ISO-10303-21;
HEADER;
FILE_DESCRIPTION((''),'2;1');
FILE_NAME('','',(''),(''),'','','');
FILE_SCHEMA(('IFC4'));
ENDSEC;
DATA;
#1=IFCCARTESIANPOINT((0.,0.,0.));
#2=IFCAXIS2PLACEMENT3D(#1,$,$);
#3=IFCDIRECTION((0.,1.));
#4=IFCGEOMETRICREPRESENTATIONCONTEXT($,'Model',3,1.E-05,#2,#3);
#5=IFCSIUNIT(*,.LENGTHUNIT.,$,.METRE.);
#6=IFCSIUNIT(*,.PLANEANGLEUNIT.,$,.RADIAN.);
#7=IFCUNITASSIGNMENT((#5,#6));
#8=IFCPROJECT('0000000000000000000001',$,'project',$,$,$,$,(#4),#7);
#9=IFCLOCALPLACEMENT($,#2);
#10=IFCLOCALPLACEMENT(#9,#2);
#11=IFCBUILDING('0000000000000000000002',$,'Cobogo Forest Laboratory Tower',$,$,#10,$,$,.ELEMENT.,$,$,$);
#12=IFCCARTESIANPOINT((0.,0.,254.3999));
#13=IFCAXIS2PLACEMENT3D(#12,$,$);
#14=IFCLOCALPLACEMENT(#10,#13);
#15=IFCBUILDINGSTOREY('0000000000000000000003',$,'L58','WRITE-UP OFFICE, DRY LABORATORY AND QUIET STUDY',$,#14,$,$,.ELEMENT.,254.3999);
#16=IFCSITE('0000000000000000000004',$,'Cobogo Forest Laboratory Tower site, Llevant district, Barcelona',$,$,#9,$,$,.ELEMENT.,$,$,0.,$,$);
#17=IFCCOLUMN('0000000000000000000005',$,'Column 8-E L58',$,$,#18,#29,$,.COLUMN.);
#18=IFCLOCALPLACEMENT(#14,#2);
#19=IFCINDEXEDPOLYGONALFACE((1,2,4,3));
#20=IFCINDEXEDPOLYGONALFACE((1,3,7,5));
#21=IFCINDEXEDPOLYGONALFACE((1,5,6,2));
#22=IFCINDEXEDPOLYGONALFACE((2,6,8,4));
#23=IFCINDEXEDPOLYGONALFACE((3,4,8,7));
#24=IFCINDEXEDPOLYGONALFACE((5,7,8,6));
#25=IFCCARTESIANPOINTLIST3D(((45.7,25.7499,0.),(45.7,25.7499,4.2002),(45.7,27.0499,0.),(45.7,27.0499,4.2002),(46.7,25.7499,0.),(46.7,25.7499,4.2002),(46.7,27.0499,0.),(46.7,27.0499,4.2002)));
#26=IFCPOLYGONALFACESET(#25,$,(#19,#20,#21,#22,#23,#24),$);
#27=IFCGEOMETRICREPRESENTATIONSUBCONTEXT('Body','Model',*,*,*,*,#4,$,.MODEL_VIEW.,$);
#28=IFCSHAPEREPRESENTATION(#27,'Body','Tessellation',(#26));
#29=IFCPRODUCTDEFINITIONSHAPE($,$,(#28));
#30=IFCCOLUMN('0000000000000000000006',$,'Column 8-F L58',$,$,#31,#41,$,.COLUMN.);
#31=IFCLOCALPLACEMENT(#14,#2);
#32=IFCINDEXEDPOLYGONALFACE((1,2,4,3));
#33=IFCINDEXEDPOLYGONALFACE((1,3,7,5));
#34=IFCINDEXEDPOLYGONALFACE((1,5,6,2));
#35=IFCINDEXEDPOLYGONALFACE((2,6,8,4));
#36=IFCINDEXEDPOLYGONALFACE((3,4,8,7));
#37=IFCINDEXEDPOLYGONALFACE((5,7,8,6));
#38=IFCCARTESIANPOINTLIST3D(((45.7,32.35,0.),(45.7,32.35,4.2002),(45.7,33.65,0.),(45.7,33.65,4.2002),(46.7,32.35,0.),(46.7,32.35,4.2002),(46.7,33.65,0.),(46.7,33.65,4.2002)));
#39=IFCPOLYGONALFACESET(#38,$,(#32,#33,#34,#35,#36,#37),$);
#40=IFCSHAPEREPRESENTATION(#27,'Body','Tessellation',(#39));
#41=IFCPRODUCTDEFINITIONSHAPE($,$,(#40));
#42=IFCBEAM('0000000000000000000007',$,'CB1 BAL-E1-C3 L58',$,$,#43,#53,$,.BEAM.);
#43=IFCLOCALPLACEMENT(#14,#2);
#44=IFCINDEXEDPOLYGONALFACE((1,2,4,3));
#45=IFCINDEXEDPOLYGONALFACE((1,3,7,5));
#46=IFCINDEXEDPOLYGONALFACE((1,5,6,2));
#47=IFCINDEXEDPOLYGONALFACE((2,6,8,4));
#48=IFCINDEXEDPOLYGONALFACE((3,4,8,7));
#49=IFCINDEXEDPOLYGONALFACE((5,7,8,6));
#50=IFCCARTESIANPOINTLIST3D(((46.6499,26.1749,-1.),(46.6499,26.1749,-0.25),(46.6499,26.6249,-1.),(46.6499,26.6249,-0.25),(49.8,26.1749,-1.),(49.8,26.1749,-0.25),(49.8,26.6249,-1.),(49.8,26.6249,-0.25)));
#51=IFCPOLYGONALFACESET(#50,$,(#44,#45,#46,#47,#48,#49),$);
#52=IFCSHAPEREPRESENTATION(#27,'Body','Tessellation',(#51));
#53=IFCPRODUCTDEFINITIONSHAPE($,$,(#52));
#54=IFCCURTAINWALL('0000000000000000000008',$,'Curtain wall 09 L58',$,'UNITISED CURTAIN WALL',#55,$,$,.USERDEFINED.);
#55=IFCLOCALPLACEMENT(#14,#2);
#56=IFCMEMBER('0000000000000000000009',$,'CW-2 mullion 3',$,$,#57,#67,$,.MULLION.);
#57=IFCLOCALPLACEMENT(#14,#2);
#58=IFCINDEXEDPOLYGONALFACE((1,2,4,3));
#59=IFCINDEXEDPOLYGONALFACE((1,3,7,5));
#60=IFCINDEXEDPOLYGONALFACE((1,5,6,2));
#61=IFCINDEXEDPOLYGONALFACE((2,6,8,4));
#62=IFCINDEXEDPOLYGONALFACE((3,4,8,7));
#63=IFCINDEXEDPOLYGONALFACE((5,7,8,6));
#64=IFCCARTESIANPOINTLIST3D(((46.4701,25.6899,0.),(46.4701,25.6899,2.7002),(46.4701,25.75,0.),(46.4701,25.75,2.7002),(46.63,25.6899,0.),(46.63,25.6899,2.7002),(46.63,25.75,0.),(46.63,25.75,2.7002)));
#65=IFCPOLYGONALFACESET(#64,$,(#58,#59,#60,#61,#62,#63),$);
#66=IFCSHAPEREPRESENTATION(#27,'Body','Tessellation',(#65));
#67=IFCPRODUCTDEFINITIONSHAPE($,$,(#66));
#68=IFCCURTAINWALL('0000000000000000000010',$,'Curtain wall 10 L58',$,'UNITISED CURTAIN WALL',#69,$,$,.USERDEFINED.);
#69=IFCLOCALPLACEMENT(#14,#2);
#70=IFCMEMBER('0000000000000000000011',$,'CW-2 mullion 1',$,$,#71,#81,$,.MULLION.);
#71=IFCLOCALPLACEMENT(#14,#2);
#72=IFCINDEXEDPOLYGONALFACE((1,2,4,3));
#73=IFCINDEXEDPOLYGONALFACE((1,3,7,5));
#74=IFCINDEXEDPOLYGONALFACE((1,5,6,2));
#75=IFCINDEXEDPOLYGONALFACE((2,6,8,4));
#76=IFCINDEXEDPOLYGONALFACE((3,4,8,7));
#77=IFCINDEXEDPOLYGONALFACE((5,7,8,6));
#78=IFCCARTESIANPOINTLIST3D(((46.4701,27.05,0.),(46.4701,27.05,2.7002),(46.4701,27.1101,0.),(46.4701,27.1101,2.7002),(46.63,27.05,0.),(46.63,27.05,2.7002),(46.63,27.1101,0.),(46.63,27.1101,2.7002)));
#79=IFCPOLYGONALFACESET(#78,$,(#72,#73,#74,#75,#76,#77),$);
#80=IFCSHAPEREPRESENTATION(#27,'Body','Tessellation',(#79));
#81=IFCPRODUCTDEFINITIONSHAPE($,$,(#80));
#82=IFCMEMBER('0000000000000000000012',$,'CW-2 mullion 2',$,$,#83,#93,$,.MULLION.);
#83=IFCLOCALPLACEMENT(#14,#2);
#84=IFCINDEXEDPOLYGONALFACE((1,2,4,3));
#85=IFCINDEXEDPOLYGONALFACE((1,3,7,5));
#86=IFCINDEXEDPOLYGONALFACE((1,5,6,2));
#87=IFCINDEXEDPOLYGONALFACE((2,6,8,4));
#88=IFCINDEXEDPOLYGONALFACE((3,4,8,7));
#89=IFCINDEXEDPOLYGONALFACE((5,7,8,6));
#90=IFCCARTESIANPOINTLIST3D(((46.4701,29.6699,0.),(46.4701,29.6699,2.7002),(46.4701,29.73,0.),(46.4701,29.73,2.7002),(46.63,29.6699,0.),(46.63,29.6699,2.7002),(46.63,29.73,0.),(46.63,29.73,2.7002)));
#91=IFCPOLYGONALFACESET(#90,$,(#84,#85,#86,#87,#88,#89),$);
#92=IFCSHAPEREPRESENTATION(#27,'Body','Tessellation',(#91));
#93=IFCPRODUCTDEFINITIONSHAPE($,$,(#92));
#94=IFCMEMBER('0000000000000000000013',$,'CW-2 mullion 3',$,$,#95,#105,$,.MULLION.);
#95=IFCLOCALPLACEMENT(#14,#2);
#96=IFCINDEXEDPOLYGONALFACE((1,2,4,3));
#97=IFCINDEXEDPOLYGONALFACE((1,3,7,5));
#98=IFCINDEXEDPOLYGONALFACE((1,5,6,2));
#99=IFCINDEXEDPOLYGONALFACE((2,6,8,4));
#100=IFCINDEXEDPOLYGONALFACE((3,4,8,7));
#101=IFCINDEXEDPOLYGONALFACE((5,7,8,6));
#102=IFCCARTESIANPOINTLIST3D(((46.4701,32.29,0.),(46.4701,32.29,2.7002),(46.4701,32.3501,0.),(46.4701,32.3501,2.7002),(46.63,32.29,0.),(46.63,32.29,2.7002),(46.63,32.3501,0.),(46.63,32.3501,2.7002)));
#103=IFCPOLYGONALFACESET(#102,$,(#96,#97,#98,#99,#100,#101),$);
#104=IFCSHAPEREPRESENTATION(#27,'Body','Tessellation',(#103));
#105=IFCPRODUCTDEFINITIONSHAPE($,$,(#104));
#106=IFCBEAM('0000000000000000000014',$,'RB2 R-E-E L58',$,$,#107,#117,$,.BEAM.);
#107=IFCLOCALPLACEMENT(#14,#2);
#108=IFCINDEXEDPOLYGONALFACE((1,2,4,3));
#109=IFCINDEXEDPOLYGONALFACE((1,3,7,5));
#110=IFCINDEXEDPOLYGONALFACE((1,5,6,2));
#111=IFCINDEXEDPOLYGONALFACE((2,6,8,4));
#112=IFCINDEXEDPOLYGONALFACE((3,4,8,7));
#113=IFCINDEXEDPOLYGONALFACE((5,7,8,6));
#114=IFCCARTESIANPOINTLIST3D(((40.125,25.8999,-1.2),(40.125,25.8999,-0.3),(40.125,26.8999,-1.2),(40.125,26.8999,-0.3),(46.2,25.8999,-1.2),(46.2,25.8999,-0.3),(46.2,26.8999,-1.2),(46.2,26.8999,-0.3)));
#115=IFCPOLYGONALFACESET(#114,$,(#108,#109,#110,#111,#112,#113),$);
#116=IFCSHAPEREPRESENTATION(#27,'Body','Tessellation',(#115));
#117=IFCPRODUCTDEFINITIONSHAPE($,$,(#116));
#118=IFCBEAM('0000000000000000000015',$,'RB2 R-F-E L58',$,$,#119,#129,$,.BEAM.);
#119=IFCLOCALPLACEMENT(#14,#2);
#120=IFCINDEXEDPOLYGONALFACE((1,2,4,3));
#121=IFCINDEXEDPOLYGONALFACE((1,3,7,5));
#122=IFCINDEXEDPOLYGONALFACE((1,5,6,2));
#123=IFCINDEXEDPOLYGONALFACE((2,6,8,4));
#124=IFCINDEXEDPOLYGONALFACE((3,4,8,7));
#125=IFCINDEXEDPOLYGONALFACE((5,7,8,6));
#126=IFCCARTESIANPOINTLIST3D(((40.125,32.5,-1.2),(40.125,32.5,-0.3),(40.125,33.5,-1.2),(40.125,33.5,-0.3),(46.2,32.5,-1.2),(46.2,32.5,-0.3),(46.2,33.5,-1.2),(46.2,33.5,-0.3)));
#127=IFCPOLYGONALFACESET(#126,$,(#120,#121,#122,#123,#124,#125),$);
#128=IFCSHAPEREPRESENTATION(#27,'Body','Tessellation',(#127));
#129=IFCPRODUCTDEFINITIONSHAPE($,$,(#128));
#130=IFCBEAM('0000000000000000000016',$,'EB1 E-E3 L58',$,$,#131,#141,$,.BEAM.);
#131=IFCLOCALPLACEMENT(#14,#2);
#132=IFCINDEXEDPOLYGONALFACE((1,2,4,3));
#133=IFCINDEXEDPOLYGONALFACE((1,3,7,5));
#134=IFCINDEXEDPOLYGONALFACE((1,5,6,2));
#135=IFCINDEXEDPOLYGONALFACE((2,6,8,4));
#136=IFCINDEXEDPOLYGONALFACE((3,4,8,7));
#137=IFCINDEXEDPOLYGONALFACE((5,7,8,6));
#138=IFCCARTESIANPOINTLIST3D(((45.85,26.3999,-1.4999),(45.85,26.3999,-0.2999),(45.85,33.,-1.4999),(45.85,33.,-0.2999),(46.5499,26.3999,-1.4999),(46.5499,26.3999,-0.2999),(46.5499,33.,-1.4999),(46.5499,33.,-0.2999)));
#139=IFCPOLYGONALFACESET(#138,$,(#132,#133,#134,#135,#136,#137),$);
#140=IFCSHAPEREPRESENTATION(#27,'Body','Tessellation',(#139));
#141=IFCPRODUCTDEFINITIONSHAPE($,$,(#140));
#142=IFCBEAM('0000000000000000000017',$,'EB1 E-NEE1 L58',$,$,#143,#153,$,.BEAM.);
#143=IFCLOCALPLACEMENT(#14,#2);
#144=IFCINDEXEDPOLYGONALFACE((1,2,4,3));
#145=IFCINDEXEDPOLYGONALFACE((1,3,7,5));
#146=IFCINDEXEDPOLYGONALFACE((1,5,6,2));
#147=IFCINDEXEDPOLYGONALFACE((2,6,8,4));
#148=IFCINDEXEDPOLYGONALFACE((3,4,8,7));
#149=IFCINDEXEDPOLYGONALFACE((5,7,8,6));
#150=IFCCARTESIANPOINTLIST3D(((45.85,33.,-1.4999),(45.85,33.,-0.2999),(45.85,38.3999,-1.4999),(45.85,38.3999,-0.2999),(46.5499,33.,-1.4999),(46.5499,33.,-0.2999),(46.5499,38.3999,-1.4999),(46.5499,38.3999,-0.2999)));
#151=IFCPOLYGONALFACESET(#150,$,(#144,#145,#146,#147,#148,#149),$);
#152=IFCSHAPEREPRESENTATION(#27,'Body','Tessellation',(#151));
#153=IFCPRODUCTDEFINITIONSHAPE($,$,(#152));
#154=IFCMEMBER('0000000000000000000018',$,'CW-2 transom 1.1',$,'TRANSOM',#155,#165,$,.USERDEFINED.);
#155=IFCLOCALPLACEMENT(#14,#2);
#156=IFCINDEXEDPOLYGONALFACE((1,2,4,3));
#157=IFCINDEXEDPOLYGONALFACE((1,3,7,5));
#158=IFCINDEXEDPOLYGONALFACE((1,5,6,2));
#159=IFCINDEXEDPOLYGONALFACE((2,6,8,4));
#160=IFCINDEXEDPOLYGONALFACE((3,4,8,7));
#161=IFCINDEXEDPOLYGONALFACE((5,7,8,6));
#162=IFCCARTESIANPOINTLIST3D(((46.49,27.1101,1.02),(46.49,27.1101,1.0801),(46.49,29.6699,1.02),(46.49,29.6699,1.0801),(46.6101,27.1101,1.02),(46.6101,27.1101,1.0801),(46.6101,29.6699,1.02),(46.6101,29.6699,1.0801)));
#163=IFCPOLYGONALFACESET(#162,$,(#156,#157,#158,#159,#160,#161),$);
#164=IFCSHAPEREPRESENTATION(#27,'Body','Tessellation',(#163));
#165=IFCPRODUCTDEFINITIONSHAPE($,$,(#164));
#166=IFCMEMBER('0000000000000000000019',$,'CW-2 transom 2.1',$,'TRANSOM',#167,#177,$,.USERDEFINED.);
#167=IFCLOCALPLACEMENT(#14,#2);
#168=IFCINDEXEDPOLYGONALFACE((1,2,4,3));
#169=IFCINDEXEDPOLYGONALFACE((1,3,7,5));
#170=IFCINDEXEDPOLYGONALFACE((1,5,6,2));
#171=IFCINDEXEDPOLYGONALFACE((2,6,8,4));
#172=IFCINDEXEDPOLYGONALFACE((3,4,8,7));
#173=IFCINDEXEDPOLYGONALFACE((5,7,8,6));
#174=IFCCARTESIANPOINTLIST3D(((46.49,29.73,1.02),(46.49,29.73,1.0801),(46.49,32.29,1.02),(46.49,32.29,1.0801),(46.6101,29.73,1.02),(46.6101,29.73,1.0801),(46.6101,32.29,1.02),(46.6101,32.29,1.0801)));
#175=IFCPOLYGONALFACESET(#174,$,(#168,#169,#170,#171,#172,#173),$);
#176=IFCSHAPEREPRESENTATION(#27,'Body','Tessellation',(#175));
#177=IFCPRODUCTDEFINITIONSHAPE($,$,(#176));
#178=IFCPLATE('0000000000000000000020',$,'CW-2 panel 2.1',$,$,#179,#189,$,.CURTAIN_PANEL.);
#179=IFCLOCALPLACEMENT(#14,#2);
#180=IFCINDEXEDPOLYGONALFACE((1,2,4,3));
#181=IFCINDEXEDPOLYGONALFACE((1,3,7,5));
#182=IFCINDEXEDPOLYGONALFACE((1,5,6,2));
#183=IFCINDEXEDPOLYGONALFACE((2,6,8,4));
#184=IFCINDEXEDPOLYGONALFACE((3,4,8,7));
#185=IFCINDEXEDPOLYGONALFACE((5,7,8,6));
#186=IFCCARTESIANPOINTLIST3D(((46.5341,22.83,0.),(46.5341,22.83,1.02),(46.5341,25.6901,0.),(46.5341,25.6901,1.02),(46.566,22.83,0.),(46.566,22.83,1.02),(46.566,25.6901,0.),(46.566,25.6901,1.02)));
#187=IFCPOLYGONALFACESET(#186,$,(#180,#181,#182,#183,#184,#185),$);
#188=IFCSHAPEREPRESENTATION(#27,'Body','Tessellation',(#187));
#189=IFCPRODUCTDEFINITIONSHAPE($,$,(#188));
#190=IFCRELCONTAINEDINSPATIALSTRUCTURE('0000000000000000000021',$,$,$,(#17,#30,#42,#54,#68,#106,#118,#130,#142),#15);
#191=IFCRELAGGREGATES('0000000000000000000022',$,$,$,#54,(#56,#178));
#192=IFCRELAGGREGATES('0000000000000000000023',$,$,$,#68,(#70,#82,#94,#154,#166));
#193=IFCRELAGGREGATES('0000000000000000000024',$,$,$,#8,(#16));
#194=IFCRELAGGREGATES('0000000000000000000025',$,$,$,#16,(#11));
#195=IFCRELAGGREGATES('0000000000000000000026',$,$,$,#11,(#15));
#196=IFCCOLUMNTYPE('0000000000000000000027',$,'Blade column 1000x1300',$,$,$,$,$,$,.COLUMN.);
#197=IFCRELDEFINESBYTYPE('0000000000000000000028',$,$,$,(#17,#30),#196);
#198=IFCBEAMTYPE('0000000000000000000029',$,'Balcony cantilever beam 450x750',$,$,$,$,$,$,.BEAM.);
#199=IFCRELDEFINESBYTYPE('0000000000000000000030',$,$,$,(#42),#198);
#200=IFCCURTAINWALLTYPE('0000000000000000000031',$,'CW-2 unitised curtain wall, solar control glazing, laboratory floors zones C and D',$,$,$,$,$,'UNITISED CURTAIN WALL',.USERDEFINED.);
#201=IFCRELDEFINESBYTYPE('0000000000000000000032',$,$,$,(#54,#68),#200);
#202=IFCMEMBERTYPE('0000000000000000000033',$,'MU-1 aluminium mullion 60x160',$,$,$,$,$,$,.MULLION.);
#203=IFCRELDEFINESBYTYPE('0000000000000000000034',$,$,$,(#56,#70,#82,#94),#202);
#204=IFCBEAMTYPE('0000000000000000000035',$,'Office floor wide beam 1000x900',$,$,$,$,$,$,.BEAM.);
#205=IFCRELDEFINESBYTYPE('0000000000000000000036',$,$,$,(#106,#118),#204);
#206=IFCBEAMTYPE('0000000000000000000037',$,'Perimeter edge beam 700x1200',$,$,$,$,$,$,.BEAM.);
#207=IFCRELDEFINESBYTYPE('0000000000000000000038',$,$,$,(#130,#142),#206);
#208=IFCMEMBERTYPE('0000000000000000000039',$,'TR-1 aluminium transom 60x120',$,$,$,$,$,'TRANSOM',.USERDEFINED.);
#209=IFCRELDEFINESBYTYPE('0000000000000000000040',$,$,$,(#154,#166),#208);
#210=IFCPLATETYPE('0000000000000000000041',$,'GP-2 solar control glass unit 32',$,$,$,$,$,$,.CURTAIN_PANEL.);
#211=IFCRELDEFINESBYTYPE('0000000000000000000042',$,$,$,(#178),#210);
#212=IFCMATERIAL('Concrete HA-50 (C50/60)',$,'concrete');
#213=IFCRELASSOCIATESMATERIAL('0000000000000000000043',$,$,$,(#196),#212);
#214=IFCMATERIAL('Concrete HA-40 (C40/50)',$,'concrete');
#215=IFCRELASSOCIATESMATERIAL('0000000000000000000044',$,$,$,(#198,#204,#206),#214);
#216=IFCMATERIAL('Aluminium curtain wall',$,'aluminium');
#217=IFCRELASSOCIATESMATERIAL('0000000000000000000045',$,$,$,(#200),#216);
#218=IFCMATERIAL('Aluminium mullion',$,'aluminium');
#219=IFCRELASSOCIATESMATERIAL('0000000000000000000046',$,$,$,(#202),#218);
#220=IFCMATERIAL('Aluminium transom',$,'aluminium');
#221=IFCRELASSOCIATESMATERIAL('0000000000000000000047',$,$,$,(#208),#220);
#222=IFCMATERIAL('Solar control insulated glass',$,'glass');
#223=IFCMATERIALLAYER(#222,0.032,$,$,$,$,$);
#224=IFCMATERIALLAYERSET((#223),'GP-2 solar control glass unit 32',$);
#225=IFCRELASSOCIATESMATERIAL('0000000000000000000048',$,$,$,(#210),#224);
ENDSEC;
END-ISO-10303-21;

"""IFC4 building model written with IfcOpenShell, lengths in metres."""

from ifc_helpers import new_model, si_unit, direction, frame, origin, origin_2d, place, context, subcontext, project, spatial, rectangle, extrude, material, layer, layer_set, material_profile, profile_set, type_object, element, aggregate, save


model = new_model("IFC4")

# Units and contexts
model_context = context("Model", 3, precision=1e-05, world=origin(), true_north=direction((0.0, 1.0)))
body_context = subcontext(model_context, "Body", "Model", "MODEL_VIEW")
ifc_project = project(units=[si_unit("LENGTHUNIT", "METRE"), si_unit("PLANEANGLEUNIT", "RADIAN")], contexts=[model_context])

# Site, building, storey
site_placement = place(None, origin())
site = spatial("IfcSite", under=ifc_project, at=site_placement, Name="Cobogo Forest Laboratory Tower site, Llevant district, Barcelona", CompositionType="ELEMENT", RefElevation=0.0)
building_placement = place(site_placement, origin())
building = spatial("IfcBuilding", under=site, at=building_placement, Name="Cobogo Forest Laboratory Tower", CompositionType="ELEMENT")
storey_placement = place(building_placement, frame((0.0, 0.0, 254.3999)))
storey = spatial("IfcBuildingStorey", under=building, at=storey_placement, Name="L58", Description="WRITE-UP OFFICE, DRY LABORATORY AND QUIET STUDY", CompositionType="ELEMENT", Elevation=254.3999)

# Columns
ifc_material_1 = material(Name="Concrete HA-50 (C50/60)", Category="concrete")
ifc_material_profile_1 = material_profile(ifc_material_1, rectangle(XDim=1.3, YDim=1.0, at=origin_2d()), Name="RC 1000x1300")
ifc_profile_set_1 = profile_set([ifc_material_profile_1], Name="Concrete HA-50 (C50/60)")
column_type = type_object("IfcColumnType", Name="Blade column 1000x1300", PredefinedType="COLUMN", material=ifc_profile_set_1)
for number, where, z_axis, x_axis, name in (
    (1, (46.2, 26.3999, 0.0), (0.0, 0.0, 1.0), (0.0, 1.0, 0.0), "Column 8-E L58"),
    (2, (46.2, 33.0, 0.0), (0.0, 0.0, 1.0), (0.0, 1.0, 0.0), "Column 8-F L58"),
):
    element("IfcColumn", number, at=place(storey_placement, frame(where, z_axis=z_axis, x_axis=x_axis)), inside=storey, type_object=column_type, Name=name, PredefinedType="COLUMN", context=body_context, shape_type="SweptSolid", body=[
        extrude(rectangle(XDim=1.3, YDim=1.0, at=origin_2d()), origin(), (0.0, 0.0, 1.0), 4.2002),
    ])

# Beam
ifc_material_2 = material(Name="Concrete HA-40 (C40/50)", Category="concrete")
ifc_material_profile_2 = material_profile(ifc_material_2, rectangle(XDim=0.45, YDim=0.75, at=origin_2d()), Name="RC 450x750")
ifc_profile_set_2 = profile_set([ifc_material_profile_2], Name="Concrete HA-40 (C40/50)")
beam_type_1 = type_object("IfcBeamType", Name="Balcony cantilever beam 450x750", PredefinedType="BEAM", material=ifc_profile_set_2)
beam_1_placement = place(storey_placement, frame((46.6499, 26.3999, -0.625), z_axis=(1.0, 0.0, 0.0), x_axis=(0.0, 1.0, 0.0)))
element("IfcBeam", 3, at=beam_1_placement, inside=storey, type_object=beam_type_1, Name="CB1 BAL-E1-C3 L58", PredefinedType="BEAM", context=body_context, shape_type="SweptSolid", body=[
    extrude(rectangle(XDim=0.45, YDim=0.75, at=origin_2d()), origin(), (0.0, 0.0, 1.0), 3.1501),
])

# Curtain wall, member
ifc_material_3 = material(Name="Aluminium curtain wall", Category="aluminium")
curtain_wall_type = type_object("IfcCurtainWallType", Name="CW-2 unitised curtain wall, solar control glazing, laboratory floors zones C and D", ElementType="UNITISED CURTAIN WALL", PredefinedType="USERDEFINED", material=ifc_material_3)
curtain_wall_1_placement = place(storey_placement, origin())
curtain_wall_1 = element("IfcCurtainWall", 4, at=curtain_wall_1_placement, inside=storey, type_object=curtain_wall_type, Name="Curtain wall 09 L58", ObjectType="UNITISED CURTAIN WALL", PredefinedType="USERDEFINED")
ifc_material_4 = material(Name="Aluminium mullion", Category="aluminium")
ifc_material_profile_3 = material_profile(ifc_material_4, rectangle(XDim=0.0601, YDim=0.1599, at=origin_2d()), Name="AL 60x160")
ifc_profile_set_3 = profile_set([ifc_material_profile_3], Name="Aluminium mullion")
member_type_1 = type_object("IfcMemberType", Name="MU-1 aluminium mullion 60x160", PredefinedType="MULLION", material=ifc_profile_set_3)
member_1_placement = place(storey_placement, frame((46.55, 25.72, 0.0), z_axis=(0.0, 0.0, 1.0), x_axis=(0.0, 1.0, 0.0)))
member_1 = element("IfcMember", 5, at=member_1_placement, type_object=member_type_1, Name="CW-2 mullion 3", PredefinedType="MULLION", context=body_context, shape_type="SweptSolid", body=[
    extrude(rectangle(XDim=0.0601, YDim=0.1599, at=origin_2d()), origin(), (0.0, 0.0, 1.0), 2.7002),
])

# Curtain wall, members
curtain_wall_2_placement = place(storey_placement, origin())
curtain_wall_2 = element("IfcCurtainWall", 6, at=curtain_wall_2_placement, inside=storey, type_object=curtain_wall_type, Name="Curtain wall 10 L58", ObjectType="UNITISED CURTAIN WALL", PredefinedType="USERDEFINED")
member_2_placement = place(storey_placement, frame((46.55, 27.0801, 0.0), z_axis=(0.0, 0.0, 1.0), x_axis=(0.0, 1.0, 0.0)))
member_2 = element("IfcMember", 7, at=member_2_placement, type_object=member_type_1, Name="CW-2 mullion 1", PredefinedType="MULLION", context=body_context, shape_type="SweptSolid", body=[
    extrude(rectangle(XDim=0.0601, YDim=0.1599, at=origin_2d()), origin(), (0.0, 0.0, 1.0), 2.7002),
])
member_3_placement = place(storey_placement, frame((46.55, 29.7, 0.0), z_axis=(0.0, 0.0, 1.0), x_axis=(0.0, 1.0, 0.0)))
member_3 = element("IfcMember", 8, at=member_3_placement, type_object=member_type_1, Name="CW-2 mullion 2", PredefinedType="MULLION", context=body_context, shape_type="SweptSolid", body=[
    extrude(rectangle(XDim=0.0601, YDim=0.1599, at=origin_2d()), origin(), (0.0, 0.0, 1.0), 2.7002),
])
member_4_placement = place(storey_placement, frame((46.55, 32.3201, 0.0), z_axis=(0.0, 0.0, 1.0), x_axis=(0.0, 1.0, 0.0)))
member_4 = element("IfcMember", 9, at=member_4_placement, type_object=member_type_1, Name="CW-2 mullion 3", PredefinedType="MULLION", context=body_context, shape_type="SweptSolid", body=[
    extrude(rectangle(XDim=0.0601, YDim=0.1599, at=origin_2d()), origin(), (0.0, 0.0, 1.0), 2.7002),
])

# Beams
ifc_material_profile_4 = material_profile(ifc_material_2, rectangle(XDim=1.0, YDim=0.8999, at=origin_2d()), Name="RC 1000x900")
ifc_profile_set_4 = profile_set([ifc_material_profile_4], Name="Concrete HA-40 (C40/50)")
beam_type_2 = type_object("IfcBeamType", Name="Office floor wide beam 1000x900", PredefinedType="BEAM", material=ifc_profile_set_4)
for number, where, z_axis, x_axis, name in (
    (10, (40.125, 26.3999, -0.75), (1.0, 0.0, 0.0), (0.0, 1.0, 0.0), "RB2 R-E-E L58"),
    (11, (40.125, 33.0, -0.75), (1.0, 0.0, 0.0), (0.0, 1.0, 0.0), "RB2 R-F-E L58"),
):
    element("IfcBeam", number, at=place(storey_placement, frame(where, z_axis=z_axis, x_axis=x_axis)), inside=storey, type_object=beam_type_2, Name=name, PredefinedType="BEAM", context=body_context, shape_type="SweptSolid", body=[
        extrude(rectangle(XDim=1.0, YDim=0.8999, at=origin_2d()), origin(), (0.0, 0.0, 1.0), 6.075),
    ])
ifc_material_profile_5 = material_profile(ifc_material_2, rectangle(XDim=0.7, YDim=1.2, at=origin_2d()), Name="RC 700x1200")
ifc_profile_set_5 = profile_set([ifc_material_profile_5], Name="Concrete HA-40 (C40/50)")
beam_type_3 = type_object("IfcBeamType", Name="Perimeter edge beam 700x1200", PredefinedType="BEAM", material=ifc_profile_set_5)
beam_2_placement = place(storey_placement, frame((46.2, 26.3999, -0.8999), z_axis=(0.0, 1.0, 0.0), x_axis=(-1.0, 0.0, 0.0)))
element("IfcBeam", 12, at=beam_2_placement, inside=storey, type_object=beam_type_3, Name="EB1 E-E3 L58", PredefinedType="BEAM", context=body_context, shape_type="SweptSolid", body=[
    extrude(rectangle(XDim=0.7, YDim=1.2, at=origin_2d()), origin(), (0.0, 0.0, 1.0), 6.6001),
])
beam_3_placement = place(storey_placement, frame((46.2, 33.0, -0.8999), z_axis=(0.0, 1.0, 0.0), x_axis=(-1.0, 0.0, 0.0)))
element("IfcBeam", 13, at=beam_3_placement, inside=storey, type_object=beam_type_3, Name="EB1 E-NEE1 L58", PredefinedType="BEAM", context=body_context, shape_type="SweptSolid", body=[
    extrude(rectangle(XDim=0.7, YDim=1.2, at=origin_2d()), origin(), (0.0, 0.0, 1.0), 5.3999),
])

# Members
ifc_material_5 = material(Name="Aluminium transom", Category="aluminium")
ifc_material_profile_6 = material_profile(ifc_material_5, rectangle(XDim=0.1201, YDim=0.0601, at=origin_2d()), Name="AL 60x120")
ifc_profile_set_6 = profile_set([ifc_material_profile_6], Name="Aluminium transom")
member_type_2 = type_object("IfcMemberType", Name="TR-1 aluminium transom 60x120", ElementType="TRANSOM", PredefinedType="USERDEFINED", material=ifc_profile_set_6)
member_5_placement = place(storey_placement, frame((46.55, 27.1101, 1.05), z_axis=(0.0, 1.0, 0.0), x_axis=(-1.0, 0.0, 0.0)))
member_5 = element("IfcMember", 14, at=member_5_placement, type_object=member_type_2, Name="CW-2 transom 1.1", ObjectType="TRANSOM", PredefinedType="USERDEFINED", context=body_context, shape_type="SweptSolid", body=[
    extrude(rectangle(XDim=0.1201, YDim=0.0601, at=origin_2d()), origin(), (0.0, 0.0, 1.0), 2.5598),
])
member_6_placement = place(storey_placement, frame((46.55, 29.73, 1.05), z_axis=(0.0, 1.0, 0.0), x_axis=(-1.0, 0.0, 0.0)))
member_6 = element("IfcMember", 15, at=member_6_placement, type_object=member_type_2, Name="CW-2 transom 2.1", ObjectType="TRANSOM", PredefinedType="USERDEFINED", context=body_context, shape_type="SweptSolid", body=[
    extrude(rectangle(XDim=0.1201, YDim=0.0601, at=origin_2d()), origin(), (0.0, 0.0, 1.0), 2.5601),
])

# Plate
ifc_material_6 = material(Name="Solar control insulated glass", Category="glass")
ifc_layer_1 = layer(ifc_material_6, 0.032)
ifc_layer_set_1 = layer_set([ifc_layer_1], Name="GP-2 solar control glass unit 32")
plate_type_1 = type_object("IfcPlateType", Name="GP-2 solar control glass unit 32", PredefinedType="CURTAIN_PANEL", material=ifc_layer_set_1)
plate_1_placement = place(storey_placement, frame((46.55, 24.26, 0.0), z_axis=(0.0, 0.0, 1.0), x_axis=(0.0, 1.0, 0.0)))
plate_1 = element("IfcPlate", 16, at=plate_1_placement, type_object=plate_type_1, Name="CW-2 panel 2.1", PredefinedType="CURTAIN_PANEL", context=body_context, shape_type="SweptSolid", body=[
    extrude(rectangle(XDim=2.8601, YDim=0.032, at=origin_2d()), origin(), (0.0, 0.0, 1.0), 1.02),
])
aggregate(curtain_wall_1, [member_1, plate_1])
aggregate(curtain_wall_2, [member_2, member_3, member_4, member_5, member_6])

save(model, "model.ifc")
